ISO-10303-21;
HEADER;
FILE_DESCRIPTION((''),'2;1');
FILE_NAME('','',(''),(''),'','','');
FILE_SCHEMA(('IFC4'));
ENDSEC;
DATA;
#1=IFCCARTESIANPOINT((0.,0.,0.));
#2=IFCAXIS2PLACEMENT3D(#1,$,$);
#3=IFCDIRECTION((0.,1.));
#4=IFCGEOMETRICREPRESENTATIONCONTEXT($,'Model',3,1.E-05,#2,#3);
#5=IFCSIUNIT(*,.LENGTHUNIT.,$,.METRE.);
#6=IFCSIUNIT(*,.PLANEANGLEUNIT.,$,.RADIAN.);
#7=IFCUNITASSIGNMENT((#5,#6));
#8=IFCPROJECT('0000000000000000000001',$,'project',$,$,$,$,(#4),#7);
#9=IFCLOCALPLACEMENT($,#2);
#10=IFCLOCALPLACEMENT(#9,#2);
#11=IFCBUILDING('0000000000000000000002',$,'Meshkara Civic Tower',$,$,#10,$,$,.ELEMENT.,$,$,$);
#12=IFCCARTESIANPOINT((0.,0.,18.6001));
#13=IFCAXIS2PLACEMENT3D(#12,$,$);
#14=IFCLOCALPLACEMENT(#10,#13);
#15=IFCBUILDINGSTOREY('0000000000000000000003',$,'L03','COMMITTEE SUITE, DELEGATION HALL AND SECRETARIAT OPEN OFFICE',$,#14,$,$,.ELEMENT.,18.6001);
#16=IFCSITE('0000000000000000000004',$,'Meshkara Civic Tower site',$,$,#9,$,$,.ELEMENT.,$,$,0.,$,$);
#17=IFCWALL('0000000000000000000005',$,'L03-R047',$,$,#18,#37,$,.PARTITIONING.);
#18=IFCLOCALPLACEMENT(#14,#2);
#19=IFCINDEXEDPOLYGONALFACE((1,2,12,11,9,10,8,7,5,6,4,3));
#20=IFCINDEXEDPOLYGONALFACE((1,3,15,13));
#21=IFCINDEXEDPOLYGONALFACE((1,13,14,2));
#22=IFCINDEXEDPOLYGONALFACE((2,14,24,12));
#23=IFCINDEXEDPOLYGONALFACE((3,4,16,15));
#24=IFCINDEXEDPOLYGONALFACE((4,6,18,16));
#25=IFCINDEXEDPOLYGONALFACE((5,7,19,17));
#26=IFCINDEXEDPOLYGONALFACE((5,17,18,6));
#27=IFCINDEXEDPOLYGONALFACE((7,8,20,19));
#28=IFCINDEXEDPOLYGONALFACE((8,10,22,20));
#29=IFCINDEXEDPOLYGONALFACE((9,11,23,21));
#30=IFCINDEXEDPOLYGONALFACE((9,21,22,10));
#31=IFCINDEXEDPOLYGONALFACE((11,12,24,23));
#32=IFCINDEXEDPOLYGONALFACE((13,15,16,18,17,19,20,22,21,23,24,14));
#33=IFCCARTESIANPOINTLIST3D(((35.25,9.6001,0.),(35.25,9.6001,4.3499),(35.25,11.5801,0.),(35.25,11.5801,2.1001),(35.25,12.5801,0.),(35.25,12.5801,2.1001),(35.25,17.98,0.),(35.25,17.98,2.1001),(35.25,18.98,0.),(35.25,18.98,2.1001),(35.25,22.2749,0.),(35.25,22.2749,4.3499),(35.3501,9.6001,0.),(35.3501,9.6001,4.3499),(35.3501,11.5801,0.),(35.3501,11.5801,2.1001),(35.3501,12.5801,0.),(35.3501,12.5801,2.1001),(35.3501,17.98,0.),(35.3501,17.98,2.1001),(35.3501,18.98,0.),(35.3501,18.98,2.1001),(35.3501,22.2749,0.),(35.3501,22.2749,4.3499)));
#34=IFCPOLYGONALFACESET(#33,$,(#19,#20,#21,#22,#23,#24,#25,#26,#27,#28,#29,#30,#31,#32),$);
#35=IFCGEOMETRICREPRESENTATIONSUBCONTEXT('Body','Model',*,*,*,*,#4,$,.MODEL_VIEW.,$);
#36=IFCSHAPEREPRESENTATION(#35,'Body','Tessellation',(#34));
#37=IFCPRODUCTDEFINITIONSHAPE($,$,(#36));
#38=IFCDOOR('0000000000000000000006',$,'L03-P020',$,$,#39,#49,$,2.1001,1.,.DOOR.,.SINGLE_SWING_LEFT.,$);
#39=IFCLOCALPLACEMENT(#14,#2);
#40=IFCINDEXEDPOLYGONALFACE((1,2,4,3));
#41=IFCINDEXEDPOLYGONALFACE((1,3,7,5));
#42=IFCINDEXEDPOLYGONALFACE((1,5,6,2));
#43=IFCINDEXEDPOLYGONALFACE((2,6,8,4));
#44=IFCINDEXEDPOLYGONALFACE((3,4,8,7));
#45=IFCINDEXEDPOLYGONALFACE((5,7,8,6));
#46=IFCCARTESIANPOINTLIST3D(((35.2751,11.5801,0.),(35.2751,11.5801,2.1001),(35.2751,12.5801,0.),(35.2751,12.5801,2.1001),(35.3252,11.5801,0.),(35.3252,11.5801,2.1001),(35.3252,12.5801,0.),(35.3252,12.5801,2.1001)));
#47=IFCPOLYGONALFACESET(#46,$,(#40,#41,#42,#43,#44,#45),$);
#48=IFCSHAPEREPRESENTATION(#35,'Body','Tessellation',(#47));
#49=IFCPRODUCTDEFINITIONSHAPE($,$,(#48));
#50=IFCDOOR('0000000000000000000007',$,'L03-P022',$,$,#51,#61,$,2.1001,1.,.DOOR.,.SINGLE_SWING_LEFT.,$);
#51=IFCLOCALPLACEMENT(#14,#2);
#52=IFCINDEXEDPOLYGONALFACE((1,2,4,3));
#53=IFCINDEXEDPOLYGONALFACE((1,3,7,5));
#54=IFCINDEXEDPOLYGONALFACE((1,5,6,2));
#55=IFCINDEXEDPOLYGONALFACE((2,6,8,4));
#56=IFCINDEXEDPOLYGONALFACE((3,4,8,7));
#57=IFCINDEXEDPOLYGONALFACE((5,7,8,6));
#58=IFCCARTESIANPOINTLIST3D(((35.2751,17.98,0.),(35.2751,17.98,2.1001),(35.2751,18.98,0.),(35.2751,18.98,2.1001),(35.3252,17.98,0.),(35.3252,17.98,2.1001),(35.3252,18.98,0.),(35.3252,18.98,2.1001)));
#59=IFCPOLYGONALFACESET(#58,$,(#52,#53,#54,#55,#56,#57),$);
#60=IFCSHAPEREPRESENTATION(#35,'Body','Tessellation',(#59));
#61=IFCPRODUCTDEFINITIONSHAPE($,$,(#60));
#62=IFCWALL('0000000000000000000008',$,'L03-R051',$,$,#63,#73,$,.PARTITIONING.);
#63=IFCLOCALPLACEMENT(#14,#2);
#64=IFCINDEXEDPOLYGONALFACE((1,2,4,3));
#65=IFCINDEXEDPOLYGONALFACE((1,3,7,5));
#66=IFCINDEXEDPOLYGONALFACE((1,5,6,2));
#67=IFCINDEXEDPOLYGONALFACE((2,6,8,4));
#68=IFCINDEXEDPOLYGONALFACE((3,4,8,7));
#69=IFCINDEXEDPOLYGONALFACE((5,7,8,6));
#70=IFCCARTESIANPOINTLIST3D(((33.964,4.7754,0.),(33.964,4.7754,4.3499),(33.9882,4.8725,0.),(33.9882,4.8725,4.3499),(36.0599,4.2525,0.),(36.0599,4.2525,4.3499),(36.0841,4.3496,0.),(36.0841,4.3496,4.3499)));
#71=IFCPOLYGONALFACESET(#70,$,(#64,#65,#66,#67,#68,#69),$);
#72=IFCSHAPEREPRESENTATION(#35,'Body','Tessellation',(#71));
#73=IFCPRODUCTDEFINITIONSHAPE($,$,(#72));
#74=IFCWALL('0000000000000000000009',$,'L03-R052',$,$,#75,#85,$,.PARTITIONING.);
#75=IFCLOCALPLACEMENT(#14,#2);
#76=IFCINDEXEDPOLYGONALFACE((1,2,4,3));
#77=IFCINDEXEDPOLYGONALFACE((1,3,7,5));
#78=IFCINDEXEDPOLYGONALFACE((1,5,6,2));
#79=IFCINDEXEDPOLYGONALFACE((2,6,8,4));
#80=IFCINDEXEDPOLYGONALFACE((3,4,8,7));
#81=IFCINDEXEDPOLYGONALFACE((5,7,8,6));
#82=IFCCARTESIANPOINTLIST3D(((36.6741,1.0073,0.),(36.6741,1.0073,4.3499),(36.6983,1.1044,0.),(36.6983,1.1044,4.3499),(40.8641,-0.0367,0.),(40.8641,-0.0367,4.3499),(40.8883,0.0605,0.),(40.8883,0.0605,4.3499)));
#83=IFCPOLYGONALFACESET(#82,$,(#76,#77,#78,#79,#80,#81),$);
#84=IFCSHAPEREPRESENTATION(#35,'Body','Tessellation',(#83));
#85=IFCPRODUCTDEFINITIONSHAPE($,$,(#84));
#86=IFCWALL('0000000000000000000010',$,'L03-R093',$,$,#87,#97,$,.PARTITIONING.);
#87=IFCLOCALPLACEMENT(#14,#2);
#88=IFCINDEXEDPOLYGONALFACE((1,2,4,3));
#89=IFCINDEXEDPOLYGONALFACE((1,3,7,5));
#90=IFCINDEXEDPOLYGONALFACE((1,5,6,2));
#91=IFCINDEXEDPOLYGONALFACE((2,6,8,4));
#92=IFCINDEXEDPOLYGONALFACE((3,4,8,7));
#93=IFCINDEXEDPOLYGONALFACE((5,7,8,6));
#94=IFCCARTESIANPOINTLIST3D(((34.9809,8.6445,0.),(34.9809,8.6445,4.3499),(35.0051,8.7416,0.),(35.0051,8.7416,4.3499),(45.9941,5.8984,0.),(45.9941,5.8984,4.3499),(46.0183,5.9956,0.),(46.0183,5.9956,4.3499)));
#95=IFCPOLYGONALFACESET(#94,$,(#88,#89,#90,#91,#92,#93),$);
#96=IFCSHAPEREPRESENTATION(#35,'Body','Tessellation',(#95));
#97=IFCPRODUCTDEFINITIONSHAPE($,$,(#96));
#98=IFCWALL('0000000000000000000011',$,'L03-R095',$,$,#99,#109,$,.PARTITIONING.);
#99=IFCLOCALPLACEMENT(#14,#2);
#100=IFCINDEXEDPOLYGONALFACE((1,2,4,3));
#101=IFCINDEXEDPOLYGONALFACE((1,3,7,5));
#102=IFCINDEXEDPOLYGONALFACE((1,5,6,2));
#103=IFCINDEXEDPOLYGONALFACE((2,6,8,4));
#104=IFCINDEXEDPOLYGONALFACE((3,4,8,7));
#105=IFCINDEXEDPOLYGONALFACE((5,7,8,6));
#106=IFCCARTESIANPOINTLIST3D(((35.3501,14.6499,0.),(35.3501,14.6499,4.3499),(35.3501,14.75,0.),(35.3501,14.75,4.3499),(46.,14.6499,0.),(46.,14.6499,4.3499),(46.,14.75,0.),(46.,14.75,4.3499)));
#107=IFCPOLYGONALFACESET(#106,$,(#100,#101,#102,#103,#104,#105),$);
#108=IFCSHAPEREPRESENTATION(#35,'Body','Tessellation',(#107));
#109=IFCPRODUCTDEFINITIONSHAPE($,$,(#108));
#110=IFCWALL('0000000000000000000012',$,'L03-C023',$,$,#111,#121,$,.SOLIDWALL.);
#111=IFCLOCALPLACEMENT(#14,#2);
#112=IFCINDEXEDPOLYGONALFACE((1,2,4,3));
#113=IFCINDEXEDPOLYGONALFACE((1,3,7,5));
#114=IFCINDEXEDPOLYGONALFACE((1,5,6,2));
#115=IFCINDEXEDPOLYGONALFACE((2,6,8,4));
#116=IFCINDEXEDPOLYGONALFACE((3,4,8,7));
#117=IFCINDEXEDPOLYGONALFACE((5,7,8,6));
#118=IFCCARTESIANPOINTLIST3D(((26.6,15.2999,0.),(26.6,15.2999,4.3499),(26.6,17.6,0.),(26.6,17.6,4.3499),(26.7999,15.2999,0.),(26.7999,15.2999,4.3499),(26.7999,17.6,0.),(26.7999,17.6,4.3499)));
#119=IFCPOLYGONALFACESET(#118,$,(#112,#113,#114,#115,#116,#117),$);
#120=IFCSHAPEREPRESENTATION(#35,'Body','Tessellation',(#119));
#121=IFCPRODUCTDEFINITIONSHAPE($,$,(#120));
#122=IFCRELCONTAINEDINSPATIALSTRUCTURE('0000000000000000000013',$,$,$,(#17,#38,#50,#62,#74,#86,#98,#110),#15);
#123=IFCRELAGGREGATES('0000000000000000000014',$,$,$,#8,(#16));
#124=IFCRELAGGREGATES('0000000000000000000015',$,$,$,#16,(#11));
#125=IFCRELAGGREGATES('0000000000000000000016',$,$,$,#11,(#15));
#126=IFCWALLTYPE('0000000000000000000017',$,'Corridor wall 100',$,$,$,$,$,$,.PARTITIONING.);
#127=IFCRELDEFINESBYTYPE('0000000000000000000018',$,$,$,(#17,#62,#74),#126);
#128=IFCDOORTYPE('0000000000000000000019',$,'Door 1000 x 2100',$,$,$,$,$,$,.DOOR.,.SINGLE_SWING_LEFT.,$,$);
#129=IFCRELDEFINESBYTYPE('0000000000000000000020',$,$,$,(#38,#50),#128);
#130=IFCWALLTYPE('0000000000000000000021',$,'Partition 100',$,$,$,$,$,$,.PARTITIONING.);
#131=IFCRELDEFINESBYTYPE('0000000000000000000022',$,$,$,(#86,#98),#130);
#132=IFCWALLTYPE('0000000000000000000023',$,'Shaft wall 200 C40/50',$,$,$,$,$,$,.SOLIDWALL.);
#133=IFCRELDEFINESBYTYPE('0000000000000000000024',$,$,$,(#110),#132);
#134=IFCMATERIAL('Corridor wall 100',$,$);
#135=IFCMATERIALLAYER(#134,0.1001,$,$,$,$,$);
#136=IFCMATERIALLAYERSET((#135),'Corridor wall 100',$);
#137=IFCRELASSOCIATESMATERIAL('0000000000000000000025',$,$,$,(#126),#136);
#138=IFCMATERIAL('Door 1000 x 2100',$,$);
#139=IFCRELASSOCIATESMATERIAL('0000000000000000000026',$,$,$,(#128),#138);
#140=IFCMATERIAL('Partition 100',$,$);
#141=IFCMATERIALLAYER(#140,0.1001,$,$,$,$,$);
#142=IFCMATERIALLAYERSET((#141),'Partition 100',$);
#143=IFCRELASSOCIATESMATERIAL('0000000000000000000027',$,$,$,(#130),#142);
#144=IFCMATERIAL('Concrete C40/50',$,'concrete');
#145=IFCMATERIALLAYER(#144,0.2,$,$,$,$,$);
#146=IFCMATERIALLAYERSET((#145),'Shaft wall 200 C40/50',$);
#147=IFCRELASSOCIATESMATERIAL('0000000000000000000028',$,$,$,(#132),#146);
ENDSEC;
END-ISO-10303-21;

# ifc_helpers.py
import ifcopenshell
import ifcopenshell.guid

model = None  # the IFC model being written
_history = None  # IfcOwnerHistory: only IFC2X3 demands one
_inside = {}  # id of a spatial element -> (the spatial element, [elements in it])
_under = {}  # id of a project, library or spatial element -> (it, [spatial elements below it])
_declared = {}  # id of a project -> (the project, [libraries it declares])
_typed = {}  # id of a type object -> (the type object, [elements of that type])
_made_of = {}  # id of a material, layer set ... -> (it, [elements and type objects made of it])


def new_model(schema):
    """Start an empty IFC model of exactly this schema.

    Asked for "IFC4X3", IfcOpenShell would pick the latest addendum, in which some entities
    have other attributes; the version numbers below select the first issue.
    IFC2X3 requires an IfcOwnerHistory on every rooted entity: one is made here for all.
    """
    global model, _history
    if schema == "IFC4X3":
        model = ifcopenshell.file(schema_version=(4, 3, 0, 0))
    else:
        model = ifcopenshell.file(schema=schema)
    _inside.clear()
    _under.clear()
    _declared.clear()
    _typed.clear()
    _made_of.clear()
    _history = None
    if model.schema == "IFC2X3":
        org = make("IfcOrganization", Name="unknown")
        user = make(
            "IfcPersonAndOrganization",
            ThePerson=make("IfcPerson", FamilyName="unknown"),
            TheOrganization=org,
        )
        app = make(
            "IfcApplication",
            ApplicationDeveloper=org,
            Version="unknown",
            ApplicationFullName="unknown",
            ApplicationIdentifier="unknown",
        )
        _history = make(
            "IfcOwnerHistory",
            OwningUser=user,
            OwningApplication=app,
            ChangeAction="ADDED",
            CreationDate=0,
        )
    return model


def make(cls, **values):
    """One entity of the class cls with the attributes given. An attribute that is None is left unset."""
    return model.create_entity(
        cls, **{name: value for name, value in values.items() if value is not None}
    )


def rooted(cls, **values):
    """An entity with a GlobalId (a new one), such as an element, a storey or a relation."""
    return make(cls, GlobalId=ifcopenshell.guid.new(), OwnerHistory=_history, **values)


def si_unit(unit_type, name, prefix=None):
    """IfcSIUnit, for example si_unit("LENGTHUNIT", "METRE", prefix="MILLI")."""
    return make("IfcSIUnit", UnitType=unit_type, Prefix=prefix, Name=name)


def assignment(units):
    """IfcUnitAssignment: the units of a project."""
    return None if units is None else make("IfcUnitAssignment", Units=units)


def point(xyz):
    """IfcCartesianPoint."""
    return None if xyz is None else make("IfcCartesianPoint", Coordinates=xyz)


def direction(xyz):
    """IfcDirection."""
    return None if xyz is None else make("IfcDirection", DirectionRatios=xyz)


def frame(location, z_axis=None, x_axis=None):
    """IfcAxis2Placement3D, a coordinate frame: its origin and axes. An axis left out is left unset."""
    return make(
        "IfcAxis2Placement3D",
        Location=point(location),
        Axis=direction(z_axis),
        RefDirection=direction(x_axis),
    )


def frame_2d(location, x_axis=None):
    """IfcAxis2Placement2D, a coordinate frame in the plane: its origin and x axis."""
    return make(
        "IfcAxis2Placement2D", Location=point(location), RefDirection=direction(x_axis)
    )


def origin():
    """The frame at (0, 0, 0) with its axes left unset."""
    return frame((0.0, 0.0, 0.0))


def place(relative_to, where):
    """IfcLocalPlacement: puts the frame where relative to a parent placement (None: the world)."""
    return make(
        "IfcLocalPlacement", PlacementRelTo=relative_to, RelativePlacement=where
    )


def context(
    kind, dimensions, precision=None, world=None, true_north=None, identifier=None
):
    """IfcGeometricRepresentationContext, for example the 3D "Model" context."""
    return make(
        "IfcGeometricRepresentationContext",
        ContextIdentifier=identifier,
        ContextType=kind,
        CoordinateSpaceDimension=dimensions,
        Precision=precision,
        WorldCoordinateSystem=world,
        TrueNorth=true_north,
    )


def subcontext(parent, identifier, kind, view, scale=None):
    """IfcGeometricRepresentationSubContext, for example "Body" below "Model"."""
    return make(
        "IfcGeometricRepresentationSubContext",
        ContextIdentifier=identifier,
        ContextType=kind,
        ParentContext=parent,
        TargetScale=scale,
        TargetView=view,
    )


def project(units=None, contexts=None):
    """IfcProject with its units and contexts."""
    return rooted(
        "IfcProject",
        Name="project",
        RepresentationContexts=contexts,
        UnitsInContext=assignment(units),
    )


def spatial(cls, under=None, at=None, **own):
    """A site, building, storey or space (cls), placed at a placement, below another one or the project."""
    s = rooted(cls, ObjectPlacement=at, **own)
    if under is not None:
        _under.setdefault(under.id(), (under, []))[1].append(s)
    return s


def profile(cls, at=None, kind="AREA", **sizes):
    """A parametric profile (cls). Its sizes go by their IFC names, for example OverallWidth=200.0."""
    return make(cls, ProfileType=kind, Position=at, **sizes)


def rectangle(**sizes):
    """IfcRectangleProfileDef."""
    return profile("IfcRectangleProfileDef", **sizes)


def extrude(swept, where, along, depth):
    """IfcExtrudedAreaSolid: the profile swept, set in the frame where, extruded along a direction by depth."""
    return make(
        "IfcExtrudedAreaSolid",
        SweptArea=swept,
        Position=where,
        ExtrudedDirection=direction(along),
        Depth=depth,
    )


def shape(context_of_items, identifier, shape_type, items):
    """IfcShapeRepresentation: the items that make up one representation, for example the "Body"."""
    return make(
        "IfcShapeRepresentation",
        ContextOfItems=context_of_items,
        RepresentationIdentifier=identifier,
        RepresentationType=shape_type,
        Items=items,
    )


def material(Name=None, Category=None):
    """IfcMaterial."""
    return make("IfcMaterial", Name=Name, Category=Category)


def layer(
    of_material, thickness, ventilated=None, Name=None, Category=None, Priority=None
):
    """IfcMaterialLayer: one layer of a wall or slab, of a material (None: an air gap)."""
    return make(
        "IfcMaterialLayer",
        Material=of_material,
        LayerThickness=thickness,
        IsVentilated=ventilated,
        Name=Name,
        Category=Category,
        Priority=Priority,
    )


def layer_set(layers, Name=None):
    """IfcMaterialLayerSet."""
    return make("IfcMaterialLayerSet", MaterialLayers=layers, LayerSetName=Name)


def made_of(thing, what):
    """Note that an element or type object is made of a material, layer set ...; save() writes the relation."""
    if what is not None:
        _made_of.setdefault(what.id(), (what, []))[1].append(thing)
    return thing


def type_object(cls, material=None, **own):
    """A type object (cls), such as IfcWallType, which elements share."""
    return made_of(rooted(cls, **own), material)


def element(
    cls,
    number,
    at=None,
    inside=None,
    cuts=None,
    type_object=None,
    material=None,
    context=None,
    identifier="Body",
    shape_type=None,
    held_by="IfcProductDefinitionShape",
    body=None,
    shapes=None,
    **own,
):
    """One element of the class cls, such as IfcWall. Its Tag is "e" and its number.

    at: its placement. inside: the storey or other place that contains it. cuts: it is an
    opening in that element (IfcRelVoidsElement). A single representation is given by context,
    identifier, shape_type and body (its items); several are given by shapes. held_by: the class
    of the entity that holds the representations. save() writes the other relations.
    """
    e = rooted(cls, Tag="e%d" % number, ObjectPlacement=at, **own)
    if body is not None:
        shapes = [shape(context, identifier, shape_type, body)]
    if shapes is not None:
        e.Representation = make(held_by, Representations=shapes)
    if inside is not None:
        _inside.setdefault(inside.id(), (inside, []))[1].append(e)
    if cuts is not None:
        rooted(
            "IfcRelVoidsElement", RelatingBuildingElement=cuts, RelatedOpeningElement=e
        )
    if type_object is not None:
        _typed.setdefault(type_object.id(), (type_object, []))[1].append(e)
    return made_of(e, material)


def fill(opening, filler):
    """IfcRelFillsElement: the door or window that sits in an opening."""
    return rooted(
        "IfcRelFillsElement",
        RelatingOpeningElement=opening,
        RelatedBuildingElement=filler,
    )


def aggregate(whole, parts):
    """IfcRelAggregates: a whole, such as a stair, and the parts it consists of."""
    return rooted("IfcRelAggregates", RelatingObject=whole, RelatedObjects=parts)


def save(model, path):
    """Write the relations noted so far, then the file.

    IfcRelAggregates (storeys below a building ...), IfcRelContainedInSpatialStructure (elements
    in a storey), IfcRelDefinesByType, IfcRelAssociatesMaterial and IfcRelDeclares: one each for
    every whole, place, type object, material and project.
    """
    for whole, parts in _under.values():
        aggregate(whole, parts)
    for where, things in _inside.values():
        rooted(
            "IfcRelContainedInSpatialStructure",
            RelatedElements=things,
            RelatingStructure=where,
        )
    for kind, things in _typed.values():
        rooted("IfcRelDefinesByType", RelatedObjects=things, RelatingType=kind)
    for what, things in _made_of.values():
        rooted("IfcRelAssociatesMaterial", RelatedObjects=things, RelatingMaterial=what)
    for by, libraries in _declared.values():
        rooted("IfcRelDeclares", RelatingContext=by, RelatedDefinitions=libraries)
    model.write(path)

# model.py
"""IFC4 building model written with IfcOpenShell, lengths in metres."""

from ifc_helpers import new_model, si_unit, direction, frame, frame_2d, origin, place, context, subcontext, project, spatial, rectangle, extrude, material, layer, layer_set, type_object, element, fill, save


model = new_model("IFC4")

# Units and contexts
model_context = context("Model", 3, precision=1e-05, world=origin(), true_north=direction((0.0, 1.0)))
body_context = subcontext(model_context, "Body", "Model", "MODEL_VIEW")
ifc_project = project(units=[si_unit("LENGTHUNIT", "METRE"), si_unit("PLANEANGLEUNIT", "RADIAN")], contexts=[model_context])

# Site, building, storey
site_placement = place(None, origin())
site = spatial("IfcSite", under=ifc_project, at=site_placement, Name="Meshkara Civic Tower site", CompositionType="ELEMENT", RefElevation=0.0)
building_placement = place(site_placement, origin())
building = spatial("IfcBuilding", under=site, at=building_placement, Name="Meshkara Civic Tower", CompositionType="ELEMENT")
storey_placement = place(building_placement, frame((0.0, 0.0, 18.6001)))
storey = spatial("IfcBuildingStorey", under=building, at=storey_placement, Name="L03", Description="COMMITTEE SUITE, DELEGATION HALL AND SECRETARIAT OPEN OFFICE", CompositionType="ELEMENT", Elevation=18.6001)

# Shared definitions
ifc_material_1 = material(Name="Corridor wall 100")
ifc_layer_1 = layer(ifc_material_1, 0.1001)
ifc_layer_set_1 = layer_set([ifc_layer_1], Name="Corridor wall 100")
wall_type_1 = type_object("IfcWallType", Name="Corridor wall 100", PredefinedType="PARTITIONING", material=ifc_layer_set_1)
ifc_material_2 = material(Name="Door 1000 x 2100")
door_type_1 = type_object("IfcDoorType", Name="Door 1000 x 2100", OperationType="SINGLE_SWING_LEFT", PredefinedType="DOOR", material=ifc_material_2)

# Wall, openings, doors
wall_1_placement = place(storey_placement, frame((35.3, 9.6001, 0.0), z_axis=(0.0, 0.0, 1.0), x_axis=(0.0, 1.0, 0.0)))
wall_1 = element("IfcWall", 1, at=wall_1_placement, inside=storey, type_object=wall_type_1, Name="L03-R047", PredefinedType="PARTITIONING", context=body_context, shape_type="SweptSolid", body=[
    extrude(rectangle(XDim=12.6748, YDim=0.1001, at=frame_2d((6.3374, 0.0))), origin(), (0.0, 0.0, 1.0), 4.3499),
])
opening_1_placement = place(wall_1_placement, frame((1.98, 0.0, 0.0)))
opening_1 = element("IfcOpeningElement", 2, at=opening_1_placement, cuts=wall_1, PredefinedType="OPENING", context=body_context, shape_type="SweptSolid", body=[
    extrude(rectangle(XDim=1.0, YDim=2.1001, at=frame_2d((0.5, 1.05))), frame((0.0, 0.0601, 0.0), z_axis=(0.0, -1.0, 0.0), x_axis=(1.0, 0.0, 0.0)), (0.0, 0.0, 1.0), 0.1201),
])
opening_2_placement = place(wall_1_placement, frame((8.3799, 0.0, 0.0)))
opening_2 = element("IfcOpeningElement", 3, at=opening_2_placement, cuts=wall_1, PredefinedType="OPENING", context=body_context, shape_type="SweptSolid", body=[
    extrude(rectangle(XDim=1.0, YDim=2.1001, at=frame_2d((0.5, 1.05))), frame((0.0, 0.0601, 0.0), z_axis=(0.0, -1.0, 0.0), x_axis=(1.0, 0.0, 0.0)), (0.0, 0.0, 1.0), 0.1201),
])
door_1_placement = place(opening_1_placement, origin())
door_1 = element("IfcDoor", 4, at=door_1_placement, inside=storey, type_object=door_type_1, Name="L03-P020", OperationType="SINGLE_SWING_LEFT", OverallHeight=2.1001, OverallWidth=1.0, PredefinedType="DOOR", context=body_context, shape_type="SweptSolid", body=[
    extrude(rectangle(XDim=1.0, YDim=2.1001, at=frame_2d((0.5, 1.05))), frame((0.0, 0.0249, 0.0), z_axis=(0.0, -1.0, 0.0), x_axis=(1.0, 0.0, 0.0)), (0.0, 0.0, 1.0), 0.05),
])
fill(opening_1, door_1)
door_2_placement = place(opening_2_placement, origin())
door_2 = element("IfcDoor", 5, at=door_2_placement, inside=storey, type_object=door_type_1, Name="L03-P022", OperationType="SINGLE_SWING_LEFT", OverallHeight=2.1001, OverallWidth=1.0, PredefinedType="DOOR", context=body_context, shape_type="SweptSolid", body=[
    extrude(rectangle(XDim=1.0, YDim=2.1001, at=frame_2d((0.5, 1.05))), frame((0.0, 0.0249, 0.0), z_axis=(0.0, -1.0, 0.0), x_axis=(1.0, 0.0, 0.0)), (0.0, 0.0, 1.0), 0.05),
])
fill(opening_2, door_2)

# Walls
wall_2_placement = place(storey_placement, frame((36.072, 4.301, 0.0), z_axis=(0.0, 0.0, 1.0), x_axis=(-0.970255, 0.242084, 0.0)))
element("IfcWall", 6, at=wall_2_placement, inside=storey, type_object=wall_type_1, Name="L03-R051", PredefinedType="PARTITIONING", context=body_context, shape_type="SweptSolid", body=[
    extrude(rectangle(XDim=2.1602, YDim=0.1001, at=frame_2d((1.0801, 0.0))), origin(), (0.0, 0.0, 1.0), 4.3499),
])
wall_3_placement = place(storey_placement, frame((36.686, 1.0559, 0.0), z_axis=(0.0, 0.0, 1.0), x_axis=(0.970335, -0.241764, 0.0)))
element("IfcWall", 7, at=wall_3_placement, inside=storey, type_object=wall_type_1, Name="L03-R052", PredefinedType="PARTITIONING", context=body_context, shape_type="SweptSolid", body=[
    extrude(rectangle(XDim=4.3181, YDim=0.1001, at=frame_2d((2.1592, 0.0))), origin(), (0.0, 0.0, 1.0), 4.3499),
])
ifc_material_3 = material(Name="Partition 100")
ifc_layer_2 = layer(ifc_material_3, 0.1001)
ifc_layer_set_2 = layer_set([ifc_layer_2], Name="Partition 100")
wall_type_2 = type_object("IfcWallType", Name="Partition 100", PredefinedType="PARTITIONING", material=ifc_layer_set_2)
wall_4_placement = place(storey_placement, frame((34.9929, 8.6931, 0.0), z_axis=(0.0, 0.0, 1.0), x_axis=(0.970292, -0.241938, 0.0)))
element("IfcWall", 8, at=wall_4_placement, inside=storey, type_object=wall_type_2, Name="L03-R093", PredefinedType="PARTITIONING", context=body_context, shape_type="SweptSolid", body=[
    extrude(rectangle(XDim=11.3503, YDim=0.1001, at=frame_2d((5.6753, 0.0))), origin(), (0.0, 0.0, 1.0), 4.3499),
])
wall_5_placement = place(storey_placement, frame((35.3501, 14.7, 0.0), z_axis=(0.0, 0.0, 1.0), x_axis=(1.0, 0.0, 0.0)))
element("IfcWall", 9, at=wall_5_placement, inside=storey, type_object=wall_type_2, Name="L03-R095", PredefinedType="PARTITIONING", context=body_context, shape_type="SweptSolid", body=[
    extrude(rectangle(XDim=10.6499, YDim=0.1001, at=frame_2d((5.325, 0.0))), origin(), (0.0, 0.0, 1.0), 4.3499),
])
ifc_material_4 = material(Name="Concrete C40/50", Category="concrete")
ifc_layer_3 = layer(ifc_material_4, 0.2)
ifc_layer_set_3 = layer_set([ifc_layer_3], Name="Shaft wall 200 C40/50")
wall_type_3 = type_object("IfcWallType", Name="Shaft wall 200 C40/50", PredefinedType="SOLIDWALL", material=ifc_layer_set_3)
wall_6_placement = place(storey_placement, frame((26.7, 15.3, 0.0), z_axis=(0.0, 0.0, 1.0), x_axis=(0.0, 1.0, 0.0)))
element("IfcWall", 10, at=wall_6_placement, inside=storey, type_object=wall_type_3, Name="L03-C023", PredefinedType="SOLIDWALL", context=body_context, shape_type="SweptSolid", body=[
    extrude(rectangle(XDim=2.3, YDim=0.2, at=frame_2d((1.1499, 0.0))), origin(), (0.0, 0.0, 1.0), 4.3499),
])

save(model, "model.ifc")
